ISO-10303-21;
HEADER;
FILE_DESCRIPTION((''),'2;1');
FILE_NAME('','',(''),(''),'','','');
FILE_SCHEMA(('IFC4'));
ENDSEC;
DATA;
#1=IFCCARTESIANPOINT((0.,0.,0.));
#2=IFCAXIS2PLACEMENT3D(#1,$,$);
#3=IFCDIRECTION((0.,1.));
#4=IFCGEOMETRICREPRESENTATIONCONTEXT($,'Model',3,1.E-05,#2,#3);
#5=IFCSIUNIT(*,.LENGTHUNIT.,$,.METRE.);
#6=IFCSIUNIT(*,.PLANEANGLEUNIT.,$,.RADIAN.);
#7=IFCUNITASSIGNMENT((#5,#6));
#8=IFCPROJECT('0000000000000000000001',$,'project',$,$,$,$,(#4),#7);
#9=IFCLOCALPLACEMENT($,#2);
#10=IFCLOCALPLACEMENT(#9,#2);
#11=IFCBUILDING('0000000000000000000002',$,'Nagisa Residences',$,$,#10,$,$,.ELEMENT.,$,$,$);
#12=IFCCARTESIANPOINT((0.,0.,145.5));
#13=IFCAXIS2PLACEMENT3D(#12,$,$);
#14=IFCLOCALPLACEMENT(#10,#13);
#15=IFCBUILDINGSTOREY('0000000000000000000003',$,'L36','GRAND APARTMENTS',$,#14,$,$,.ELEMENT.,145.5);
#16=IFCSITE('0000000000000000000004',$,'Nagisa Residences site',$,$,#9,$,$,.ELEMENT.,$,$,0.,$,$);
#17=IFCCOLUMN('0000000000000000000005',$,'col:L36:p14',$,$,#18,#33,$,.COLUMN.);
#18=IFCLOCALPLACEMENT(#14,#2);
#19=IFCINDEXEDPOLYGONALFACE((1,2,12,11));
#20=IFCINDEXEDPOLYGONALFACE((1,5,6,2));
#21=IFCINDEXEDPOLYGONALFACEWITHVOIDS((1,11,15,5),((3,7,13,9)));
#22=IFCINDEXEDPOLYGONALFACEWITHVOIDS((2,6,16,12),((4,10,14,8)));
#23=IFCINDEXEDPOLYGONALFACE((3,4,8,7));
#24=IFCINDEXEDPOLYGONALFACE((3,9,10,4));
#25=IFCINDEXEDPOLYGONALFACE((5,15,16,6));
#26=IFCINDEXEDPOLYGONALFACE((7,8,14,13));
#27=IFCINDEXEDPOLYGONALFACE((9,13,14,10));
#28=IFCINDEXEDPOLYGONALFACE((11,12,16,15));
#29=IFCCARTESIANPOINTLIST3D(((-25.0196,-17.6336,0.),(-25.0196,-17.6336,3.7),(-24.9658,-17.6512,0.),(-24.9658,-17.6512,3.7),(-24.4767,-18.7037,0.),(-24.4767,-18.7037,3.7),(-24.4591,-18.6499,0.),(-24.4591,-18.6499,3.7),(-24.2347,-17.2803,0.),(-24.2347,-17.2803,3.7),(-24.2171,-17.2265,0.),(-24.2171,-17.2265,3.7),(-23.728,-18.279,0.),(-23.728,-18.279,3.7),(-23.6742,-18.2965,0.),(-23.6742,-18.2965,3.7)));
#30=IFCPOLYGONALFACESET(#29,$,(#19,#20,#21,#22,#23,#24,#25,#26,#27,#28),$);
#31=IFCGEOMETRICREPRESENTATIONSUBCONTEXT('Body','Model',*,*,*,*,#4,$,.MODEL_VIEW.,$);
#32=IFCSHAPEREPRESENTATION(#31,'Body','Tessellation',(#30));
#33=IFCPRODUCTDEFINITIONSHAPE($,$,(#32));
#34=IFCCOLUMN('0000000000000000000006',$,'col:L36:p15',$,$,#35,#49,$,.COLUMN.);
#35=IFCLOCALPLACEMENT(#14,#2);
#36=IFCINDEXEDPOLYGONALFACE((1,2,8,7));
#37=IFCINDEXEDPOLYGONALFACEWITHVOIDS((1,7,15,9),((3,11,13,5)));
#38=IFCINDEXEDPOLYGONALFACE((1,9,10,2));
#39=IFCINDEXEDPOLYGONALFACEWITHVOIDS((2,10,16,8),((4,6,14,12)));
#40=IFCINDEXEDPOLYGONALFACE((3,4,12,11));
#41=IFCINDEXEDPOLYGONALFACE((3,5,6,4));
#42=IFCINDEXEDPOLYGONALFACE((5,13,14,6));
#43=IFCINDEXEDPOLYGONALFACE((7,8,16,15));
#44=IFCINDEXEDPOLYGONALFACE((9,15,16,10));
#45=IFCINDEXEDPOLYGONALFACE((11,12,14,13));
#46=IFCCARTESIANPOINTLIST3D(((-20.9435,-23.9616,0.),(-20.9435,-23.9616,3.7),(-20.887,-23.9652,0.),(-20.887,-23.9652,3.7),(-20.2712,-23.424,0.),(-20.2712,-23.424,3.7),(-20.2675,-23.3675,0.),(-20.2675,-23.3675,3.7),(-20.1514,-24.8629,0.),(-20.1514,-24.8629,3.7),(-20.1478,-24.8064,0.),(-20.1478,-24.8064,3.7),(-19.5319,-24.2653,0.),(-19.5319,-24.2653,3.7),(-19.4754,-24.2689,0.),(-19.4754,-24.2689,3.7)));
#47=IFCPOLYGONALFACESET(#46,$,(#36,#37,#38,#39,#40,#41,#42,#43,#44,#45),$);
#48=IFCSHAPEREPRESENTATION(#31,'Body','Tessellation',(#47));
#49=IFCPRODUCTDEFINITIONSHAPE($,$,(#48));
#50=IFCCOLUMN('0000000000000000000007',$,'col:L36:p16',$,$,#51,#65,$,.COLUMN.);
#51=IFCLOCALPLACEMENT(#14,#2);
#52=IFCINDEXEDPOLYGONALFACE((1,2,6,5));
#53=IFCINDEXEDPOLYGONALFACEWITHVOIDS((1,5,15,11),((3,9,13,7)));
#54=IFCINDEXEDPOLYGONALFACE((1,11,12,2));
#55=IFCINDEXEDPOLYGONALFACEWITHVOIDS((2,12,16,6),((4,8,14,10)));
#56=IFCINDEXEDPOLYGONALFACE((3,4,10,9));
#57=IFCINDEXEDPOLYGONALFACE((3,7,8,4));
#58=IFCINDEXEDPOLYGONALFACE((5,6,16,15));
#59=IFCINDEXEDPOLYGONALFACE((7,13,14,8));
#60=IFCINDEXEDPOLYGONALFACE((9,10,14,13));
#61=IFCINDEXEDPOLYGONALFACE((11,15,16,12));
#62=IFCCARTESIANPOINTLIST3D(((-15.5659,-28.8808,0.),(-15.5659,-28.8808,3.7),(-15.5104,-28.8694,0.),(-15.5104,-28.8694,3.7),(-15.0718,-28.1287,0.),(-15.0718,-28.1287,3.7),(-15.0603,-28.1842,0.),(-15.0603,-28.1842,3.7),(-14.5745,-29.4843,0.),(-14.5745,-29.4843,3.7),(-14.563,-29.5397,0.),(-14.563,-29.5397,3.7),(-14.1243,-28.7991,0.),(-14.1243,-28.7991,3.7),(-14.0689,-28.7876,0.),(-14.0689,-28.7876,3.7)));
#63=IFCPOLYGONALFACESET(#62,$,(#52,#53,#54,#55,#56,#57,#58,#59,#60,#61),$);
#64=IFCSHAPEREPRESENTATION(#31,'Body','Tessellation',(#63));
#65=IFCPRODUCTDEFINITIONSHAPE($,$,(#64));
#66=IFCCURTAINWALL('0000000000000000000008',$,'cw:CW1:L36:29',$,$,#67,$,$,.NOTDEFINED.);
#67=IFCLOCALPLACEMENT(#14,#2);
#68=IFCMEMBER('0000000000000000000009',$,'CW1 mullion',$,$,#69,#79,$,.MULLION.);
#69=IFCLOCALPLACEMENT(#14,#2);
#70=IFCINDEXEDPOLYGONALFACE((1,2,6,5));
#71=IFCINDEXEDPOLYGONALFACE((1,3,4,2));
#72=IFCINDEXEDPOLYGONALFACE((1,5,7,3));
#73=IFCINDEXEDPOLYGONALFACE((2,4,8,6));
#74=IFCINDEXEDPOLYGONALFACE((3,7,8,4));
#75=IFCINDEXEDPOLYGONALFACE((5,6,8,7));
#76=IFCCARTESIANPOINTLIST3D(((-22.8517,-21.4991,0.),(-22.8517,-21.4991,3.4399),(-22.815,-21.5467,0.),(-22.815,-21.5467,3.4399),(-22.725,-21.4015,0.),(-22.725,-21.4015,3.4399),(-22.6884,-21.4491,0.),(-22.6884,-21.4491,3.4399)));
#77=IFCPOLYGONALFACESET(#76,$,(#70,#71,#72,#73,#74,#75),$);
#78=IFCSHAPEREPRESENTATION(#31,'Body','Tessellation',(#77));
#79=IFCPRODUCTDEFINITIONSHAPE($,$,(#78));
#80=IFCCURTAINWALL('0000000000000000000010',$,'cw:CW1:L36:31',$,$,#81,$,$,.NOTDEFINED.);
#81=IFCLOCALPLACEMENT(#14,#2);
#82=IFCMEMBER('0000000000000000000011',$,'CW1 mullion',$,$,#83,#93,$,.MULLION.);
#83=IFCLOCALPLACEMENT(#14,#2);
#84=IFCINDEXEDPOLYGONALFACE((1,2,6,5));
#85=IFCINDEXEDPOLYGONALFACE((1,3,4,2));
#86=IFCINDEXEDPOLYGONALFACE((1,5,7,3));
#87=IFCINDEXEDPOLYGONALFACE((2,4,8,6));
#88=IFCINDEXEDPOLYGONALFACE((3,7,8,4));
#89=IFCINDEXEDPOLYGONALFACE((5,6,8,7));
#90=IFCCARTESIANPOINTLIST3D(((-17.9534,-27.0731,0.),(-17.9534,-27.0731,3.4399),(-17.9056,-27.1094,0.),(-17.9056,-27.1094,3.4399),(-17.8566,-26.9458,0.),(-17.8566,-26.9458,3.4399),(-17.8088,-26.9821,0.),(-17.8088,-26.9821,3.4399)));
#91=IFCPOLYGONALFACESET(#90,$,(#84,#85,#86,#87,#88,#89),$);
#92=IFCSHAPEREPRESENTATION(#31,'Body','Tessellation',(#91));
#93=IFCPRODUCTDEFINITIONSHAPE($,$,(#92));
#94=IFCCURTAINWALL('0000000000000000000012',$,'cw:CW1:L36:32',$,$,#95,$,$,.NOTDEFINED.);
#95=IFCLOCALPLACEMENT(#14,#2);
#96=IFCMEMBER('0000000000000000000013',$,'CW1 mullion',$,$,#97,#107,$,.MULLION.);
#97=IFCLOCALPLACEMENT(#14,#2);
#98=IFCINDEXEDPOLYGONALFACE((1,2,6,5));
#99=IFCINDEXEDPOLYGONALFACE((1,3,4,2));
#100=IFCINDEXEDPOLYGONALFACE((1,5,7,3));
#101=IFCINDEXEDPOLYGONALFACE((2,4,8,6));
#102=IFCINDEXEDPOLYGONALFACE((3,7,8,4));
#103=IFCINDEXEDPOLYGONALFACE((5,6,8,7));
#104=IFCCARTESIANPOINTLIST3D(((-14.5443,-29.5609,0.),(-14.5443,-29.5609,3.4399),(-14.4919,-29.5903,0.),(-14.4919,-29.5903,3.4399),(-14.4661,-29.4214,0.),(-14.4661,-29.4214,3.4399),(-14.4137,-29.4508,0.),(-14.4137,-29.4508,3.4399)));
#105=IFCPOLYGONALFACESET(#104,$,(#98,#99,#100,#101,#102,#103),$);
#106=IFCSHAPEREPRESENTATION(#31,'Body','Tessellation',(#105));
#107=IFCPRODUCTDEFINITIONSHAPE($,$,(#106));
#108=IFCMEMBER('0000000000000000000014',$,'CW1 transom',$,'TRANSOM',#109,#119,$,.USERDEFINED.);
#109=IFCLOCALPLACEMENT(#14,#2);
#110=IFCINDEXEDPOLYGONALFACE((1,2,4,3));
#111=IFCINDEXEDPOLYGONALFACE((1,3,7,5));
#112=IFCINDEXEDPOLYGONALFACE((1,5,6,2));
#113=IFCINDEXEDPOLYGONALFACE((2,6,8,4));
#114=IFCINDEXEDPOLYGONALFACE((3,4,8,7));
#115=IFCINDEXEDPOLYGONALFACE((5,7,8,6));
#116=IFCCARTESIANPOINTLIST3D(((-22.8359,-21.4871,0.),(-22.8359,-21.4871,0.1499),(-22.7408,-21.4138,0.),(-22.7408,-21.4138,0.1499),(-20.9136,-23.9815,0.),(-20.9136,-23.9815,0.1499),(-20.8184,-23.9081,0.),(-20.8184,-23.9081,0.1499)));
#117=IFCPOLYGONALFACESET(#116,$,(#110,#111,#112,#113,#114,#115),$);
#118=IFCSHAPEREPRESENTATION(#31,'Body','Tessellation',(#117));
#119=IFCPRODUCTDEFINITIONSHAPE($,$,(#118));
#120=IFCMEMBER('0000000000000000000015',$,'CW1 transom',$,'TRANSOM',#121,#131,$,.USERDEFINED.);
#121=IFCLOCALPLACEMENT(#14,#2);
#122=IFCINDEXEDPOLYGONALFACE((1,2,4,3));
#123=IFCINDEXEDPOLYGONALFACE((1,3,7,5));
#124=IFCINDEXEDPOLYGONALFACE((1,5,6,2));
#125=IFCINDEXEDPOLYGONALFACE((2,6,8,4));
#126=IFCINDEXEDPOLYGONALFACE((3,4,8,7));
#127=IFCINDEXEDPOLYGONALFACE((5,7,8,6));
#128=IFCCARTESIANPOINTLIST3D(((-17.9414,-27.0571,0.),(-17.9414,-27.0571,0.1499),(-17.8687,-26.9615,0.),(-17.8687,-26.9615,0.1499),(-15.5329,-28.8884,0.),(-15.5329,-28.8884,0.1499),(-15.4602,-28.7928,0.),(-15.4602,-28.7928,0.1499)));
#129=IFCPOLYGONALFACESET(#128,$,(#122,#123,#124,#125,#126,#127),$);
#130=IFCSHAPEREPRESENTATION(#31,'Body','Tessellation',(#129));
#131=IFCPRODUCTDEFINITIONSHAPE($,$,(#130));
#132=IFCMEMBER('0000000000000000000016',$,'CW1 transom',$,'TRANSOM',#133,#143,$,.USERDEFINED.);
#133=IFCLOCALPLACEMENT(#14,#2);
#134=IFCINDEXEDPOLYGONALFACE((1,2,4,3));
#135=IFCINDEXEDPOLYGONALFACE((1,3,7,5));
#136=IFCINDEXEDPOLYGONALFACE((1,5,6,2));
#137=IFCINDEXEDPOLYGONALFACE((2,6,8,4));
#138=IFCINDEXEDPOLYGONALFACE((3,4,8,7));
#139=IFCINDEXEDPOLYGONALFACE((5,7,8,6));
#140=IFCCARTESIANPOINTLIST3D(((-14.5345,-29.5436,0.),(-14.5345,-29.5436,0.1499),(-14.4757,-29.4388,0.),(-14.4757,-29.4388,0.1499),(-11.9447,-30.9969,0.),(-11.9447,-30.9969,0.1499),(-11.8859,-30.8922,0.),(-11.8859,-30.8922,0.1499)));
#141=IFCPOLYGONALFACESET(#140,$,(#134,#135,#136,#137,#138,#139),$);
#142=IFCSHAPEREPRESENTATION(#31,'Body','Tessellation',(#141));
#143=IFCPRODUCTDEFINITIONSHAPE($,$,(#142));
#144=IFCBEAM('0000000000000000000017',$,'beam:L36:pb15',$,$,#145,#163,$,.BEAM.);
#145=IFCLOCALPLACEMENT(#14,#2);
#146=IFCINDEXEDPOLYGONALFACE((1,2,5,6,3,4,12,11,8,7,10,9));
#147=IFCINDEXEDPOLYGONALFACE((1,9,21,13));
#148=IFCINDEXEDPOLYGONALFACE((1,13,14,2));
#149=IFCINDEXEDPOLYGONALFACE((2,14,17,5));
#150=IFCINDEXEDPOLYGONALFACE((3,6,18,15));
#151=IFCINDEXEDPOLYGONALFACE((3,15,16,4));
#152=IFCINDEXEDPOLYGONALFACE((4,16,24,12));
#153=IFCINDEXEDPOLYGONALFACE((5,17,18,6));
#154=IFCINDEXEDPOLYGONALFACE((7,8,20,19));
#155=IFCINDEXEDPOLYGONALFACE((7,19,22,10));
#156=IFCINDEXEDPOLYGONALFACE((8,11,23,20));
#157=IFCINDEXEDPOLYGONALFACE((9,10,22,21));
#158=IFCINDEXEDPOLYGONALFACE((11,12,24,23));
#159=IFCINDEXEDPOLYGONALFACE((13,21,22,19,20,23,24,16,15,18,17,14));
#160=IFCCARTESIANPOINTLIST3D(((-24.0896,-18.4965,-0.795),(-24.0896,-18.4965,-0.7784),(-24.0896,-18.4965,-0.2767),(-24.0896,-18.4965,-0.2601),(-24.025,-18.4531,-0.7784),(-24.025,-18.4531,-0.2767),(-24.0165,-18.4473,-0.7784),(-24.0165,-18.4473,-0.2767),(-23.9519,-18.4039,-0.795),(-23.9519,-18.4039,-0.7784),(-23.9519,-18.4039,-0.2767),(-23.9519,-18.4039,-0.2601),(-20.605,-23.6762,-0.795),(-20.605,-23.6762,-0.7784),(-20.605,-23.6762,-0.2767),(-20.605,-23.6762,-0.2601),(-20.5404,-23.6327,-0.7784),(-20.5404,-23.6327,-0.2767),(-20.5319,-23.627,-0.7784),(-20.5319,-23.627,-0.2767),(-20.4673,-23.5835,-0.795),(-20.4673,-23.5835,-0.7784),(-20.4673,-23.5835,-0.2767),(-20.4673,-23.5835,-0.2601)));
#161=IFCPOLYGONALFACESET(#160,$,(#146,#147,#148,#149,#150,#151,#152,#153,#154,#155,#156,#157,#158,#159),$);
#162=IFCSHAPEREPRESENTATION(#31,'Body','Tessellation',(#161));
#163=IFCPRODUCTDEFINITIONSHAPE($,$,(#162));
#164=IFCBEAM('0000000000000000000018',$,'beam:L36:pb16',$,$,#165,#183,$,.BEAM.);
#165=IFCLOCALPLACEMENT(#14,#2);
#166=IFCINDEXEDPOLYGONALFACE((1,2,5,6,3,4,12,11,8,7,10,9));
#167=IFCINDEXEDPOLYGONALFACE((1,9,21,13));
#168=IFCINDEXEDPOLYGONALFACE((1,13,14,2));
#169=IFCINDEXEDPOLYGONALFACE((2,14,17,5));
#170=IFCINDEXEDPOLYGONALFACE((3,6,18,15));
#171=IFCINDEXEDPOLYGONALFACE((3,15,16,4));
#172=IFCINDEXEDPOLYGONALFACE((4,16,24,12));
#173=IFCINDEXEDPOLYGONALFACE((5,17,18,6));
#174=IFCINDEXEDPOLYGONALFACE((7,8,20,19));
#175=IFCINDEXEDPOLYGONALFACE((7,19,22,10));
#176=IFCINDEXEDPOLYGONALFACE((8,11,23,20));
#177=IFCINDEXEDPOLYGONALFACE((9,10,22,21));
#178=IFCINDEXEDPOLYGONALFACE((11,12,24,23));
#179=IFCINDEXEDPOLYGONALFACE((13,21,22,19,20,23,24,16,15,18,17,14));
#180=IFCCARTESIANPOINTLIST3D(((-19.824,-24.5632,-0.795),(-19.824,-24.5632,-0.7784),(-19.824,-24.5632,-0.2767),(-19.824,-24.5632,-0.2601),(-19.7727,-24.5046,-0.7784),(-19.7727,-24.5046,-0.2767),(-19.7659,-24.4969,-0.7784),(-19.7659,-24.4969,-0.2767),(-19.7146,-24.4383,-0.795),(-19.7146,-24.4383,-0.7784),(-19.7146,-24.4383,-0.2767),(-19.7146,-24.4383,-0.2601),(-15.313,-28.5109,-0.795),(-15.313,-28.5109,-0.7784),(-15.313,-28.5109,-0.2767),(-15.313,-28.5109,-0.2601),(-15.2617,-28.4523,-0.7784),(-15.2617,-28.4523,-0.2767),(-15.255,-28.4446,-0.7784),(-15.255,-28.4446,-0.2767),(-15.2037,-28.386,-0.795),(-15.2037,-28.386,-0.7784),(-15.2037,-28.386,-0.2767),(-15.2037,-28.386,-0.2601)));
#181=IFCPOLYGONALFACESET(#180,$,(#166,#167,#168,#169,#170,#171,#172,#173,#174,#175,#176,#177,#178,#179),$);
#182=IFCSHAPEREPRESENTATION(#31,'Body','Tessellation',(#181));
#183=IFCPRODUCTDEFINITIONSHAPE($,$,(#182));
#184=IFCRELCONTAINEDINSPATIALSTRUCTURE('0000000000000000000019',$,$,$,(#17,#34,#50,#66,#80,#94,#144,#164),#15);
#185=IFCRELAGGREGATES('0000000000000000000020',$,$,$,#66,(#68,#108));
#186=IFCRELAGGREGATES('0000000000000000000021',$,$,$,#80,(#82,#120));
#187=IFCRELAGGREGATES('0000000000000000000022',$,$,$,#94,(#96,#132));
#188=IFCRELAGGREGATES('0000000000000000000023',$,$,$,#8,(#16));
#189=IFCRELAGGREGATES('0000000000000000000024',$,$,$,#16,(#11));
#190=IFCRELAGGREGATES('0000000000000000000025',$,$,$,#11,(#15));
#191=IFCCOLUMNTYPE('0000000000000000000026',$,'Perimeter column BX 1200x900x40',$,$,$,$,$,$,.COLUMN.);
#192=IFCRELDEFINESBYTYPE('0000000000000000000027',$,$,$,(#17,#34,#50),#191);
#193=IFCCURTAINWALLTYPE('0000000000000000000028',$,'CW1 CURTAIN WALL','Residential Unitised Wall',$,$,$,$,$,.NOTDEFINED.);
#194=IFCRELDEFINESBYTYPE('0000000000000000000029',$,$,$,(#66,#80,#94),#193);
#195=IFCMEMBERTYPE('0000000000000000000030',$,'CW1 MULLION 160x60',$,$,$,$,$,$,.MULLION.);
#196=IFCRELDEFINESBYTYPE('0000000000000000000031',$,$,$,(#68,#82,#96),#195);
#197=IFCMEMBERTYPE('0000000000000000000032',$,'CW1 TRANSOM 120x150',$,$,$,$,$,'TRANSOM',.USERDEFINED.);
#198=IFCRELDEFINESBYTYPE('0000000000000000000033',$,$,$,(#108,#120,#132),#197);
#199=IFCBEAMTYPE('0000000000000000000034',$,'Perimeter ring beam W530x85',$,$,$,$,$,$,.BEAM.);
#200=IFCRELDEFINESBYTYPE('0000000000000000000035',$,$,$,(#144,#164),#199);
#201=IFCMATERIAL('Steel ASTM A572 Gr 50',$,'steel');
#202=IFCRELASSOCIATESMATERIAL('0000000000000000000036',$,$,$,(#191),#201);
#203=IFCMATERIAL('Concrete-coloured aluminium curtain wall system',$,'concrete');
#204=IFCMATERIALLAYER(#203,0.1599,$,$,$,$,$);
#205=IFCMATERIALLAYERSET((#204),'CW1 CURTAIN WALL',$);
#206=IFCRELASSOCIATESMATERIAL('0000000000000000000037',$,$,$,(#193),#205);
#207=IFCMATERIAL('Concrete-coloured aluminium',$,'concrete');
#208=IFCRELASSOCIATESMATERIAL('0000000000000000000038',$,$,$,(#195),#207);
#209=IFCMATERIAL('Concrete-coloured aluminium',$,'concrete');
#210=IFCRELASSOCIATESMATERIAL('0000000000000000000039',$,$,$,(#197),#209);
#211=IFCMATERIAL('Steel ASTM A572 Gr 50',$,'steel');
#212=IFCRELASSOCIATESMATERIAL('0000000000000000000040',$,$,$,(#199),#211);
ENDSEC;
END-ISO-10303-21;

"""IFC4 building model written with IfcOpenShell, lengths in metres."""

from ifc_helpers import new_model, si_unit, direction, frame, origin, origin_2d, place, context, subcontext, project, spatial, rectangle, hollow_rectangle, i_section, extrude, material, layer, layer_set, material_profile, profile_set, type_object, element, aggregate, save


model = new_model("IFC4")

# Units and contexts
model_context = context("Model", 3, precision=1e-05, world=origin(), true_north=direction((0.0, 1.0)))
body_context = subcontext(model_context, "Body", "Model", "MODEL_VIEW")
ifc_project = project(units=[si_unit("LENGTHUNIT", "METRE"), si_unit("PLANEANGLEUNIT", "RADIAN")], contexts=[model_context])

# Site, building, storey
site_placement = place(None, origin())
site = spatial("IfcSite", under=ifc_project, at=site_placement, Name="Nagisa Residences site", CompositionType="ELEMENT", RefElevation=0.0)
building_placement = place(site_placement, origin())
building = spatial("IfcBuilding", under=site, at=building_placement, Name="Nagisa Residences", CompositionType="ELEMENT")
storey_placement = place(building_placement, frame((0.0, 0.0, 145.5)))
storey = spatial("IfcBuildingStorey", under=building, at=storey_placement, Name="L36", Description="GRAND APARTMENTS", CompositionType="ELEMENT", Elevation=145.5)

# Columns
ifc_material_1 = material(Name="Steel ASTM A572 Gr 50", Category="steel")
ifc_material_profile_1 = material_profile(ifc_material_1, hollow_rectangle(XDim=1.2, YDim=0.8999, WallThickness=0.04, at=origin_2d()), Name="BX 1200x900x40")
ifc_profile_set_1 = profile_set([ifc_material_profile_1], Name="Steel ASTM A572 Gr 50")
column_type = type_object("IfcColumnType", Name="Perimeter column BX 1200x900x40", PredefinedType="COLUMN", material=ifc_profile_set_1)
for number, where, z_axis, x_axis, name in (
    (1, (-24.3469, -17.9651, 0.0), (0.0, 0.0, 1.0), (0.452463, -0.891783, 0.0), "col:L36:p14"),
    (2, (-20.2095, -24.1152, 0.0), (0.0, 0.0, 1.0), (0.660115, -0.751165, 0.0), "col:L36:p15"),
    (3, (-14.8174, -28.8342, 0.0), (0.0, 0.0, 1.0), (0.835766, -0.549086, 0.0), "col:L36:p16"),
):
    element("IfcColumn", number, at=place(storey_placement, frame(where, z_axis=z_axis, x_axis=x_axis)), inside=storey, type_object=column_type, Name=name, PredefinedType="COLUMN", context=body_context, shape_type="SweptSolid", body=[
        extrude(hollow_rectangle(XDim=1.2, YDim=0.8999, WallThickness=0.04, at=origin_2d()), origin(), (0.0, 0.0, 1.0), 3.7),
    ])

# Curtain walls, members
ifc_material_2 = material(Name="Concrete-coloured aluminium curtain wall system", Category="concrete")
ifc_layer_1 = layer(ifc_material_2, 0.1599)
ifc_layer_set_1 = layer_set([ifc_layer_1], Name="CW1 CURTAIN WALL")
curtain_wall_type = type_object("IfcCurtainWallType", Name="CW1 CURTAIN WALL", Description="Residential Unitised Wall", PredefinedType="NOTDEFINED", material=ifc_layer_set_1)
curtain_wall_1_placement = place(storey_placement, origin())
curtain_wall_1 = element("IfcCurtainWall", 4, at=curtain_wall_1_placement, inside=storey, type_object=curtain_wall_type, Name="cw:CW1:L36:29", PredefinedType="NOTDEFINED")
ifc_material_3 = material(Name="Concrete-coloured aluminium", Category="concrete")
ifc_material_profile_2 = material_profile(ifc_material_3, rectangle(XDim=0.1599, YDim=0.0601, at=origin_2d()), Name="CW1 MULLION 160x60")
ifc_profile_set_2 = profile_set([ifc_material_profile_2], Name="Concrete-coloured aluminium")
member_type_1 = type_object("IfcMemberType", Name="CW1 MULLION 160x60", PredefinedType="MULLION", material=ifc_profile_set_2)
member_1_placement = place(storey_placement, frame((-22.77, -21.4741, 0.0), z_axis=(0.0, 0.0, 1.0), x_axis=(0.79207, 0.61043, 0.0)))
member_1 = element("IfcMember", 5, at=member_1_placement, type_object=member_type_1, Name="CW1 mullion", PredefinedType="MULLION", context=body_context, shape_type="SweptSolid", body=[
    extrude(rectangle(XDim=0.1599, YDim=0.0601, at=origin_2d()), origin(), (0.0, 0.0, 1.0), 3.4399),
])
curtain_wall_2_placement = place(storey_placement, origin())
curtain_wall_2 = element("IfcCurtainWall", 6, at=curtain_wall_2_placement, inside=storey, type_object=curtain_wall_type, Name="cw:CW1:L36:31", PredefinedType="NOTDEFINED")
member_2_placement = place(storey_placement, frame((-17.8811, -27.0276, 0.0), z_axis=(0.0, 0.0, 1.0), x_axis=(0.605255, 0.796031, 0.0)))
member_2 = element("IfcMember", 7, at=member_2_placement, type_object=member_type_1, Name="CW1 mullion", PredefinedType="MULLION", context=body_context, shape_type="SweptSolid", body=[
    extrude(rectangle(XDim=0.1599, YDim=0.0601, at=origin_2d()), origin(), (0.0, 0.0, 1.0), 3.4399),
])
curtain_wall_3_placement = place(storey_placement, origin())
curtain_wall_3 = element("IfcCurtainWall", 8, at=curtain_wall_3_placement, inside=storey, type_object=curtain_wall_type, Name="cw:CW1:L36:32", PredefinedType="NOTDEFINED")
member_3_placement = place(storey_placement, frame((-14.479, -29.5059, 0.0), z_axis=(0.0, 0.0, 1.0), x_axis=(0.489377, 0.872072, 0.0)))
member_3 = element("IfcMember", 9, at=member_3_placement, type_object=member_type_1, Name="CW1 mullion", PredefinedType="MULLION", context=body_context, shape_type="SweptSolid", body=[
    extrude(rectangle(XDim=0.1599, YDim=0.0601, at=origin_2d()), origin(), (0.0, 0.0, 1.0), 3.4399),
])

# Members
ifc_material_4 = material(Name="Concrete-coloured aluminium", Category="concrete")
ifc_material_profile_3 = material_profile(ifc_material_4, rectangle(XDim=0.1201, YDim=0.1499, at=origin_2d()), Name="CW1 TRANSOM 120x150")
ifc_profile_set_3 = profile_set([ifc_material_profile_3], Name="Concrete-coloured aluminium")
member_type_2 = type_object("IfcMemberType", Name="CW1 TRANSOM 120x150", ElementType="TRANSOM", PredefinedType="USERDEFINED", material=ifc_profile_set_3)
member_4_placement = place(storey_placement, frame((-22.7883, -21.4504, 0.075), z_axis=(0.61043, -0.79207, 0.0), x_axis=(0.79207, 0.61043, 0.0)))
member_4 = element("IfcMember", 10, at=member_4_placement, type_object=member_type_2, Name="CW1 transom", ObjectType="TRANSOM", PredefinedType="USERDEFINED", context=body_context, shape_type="SweptSolid", body=[
    extrude(rectangle(XDim=0.1201, YDim=0.1499, at=origin_2d()), origin(), (0.0, 0.0, 1.0), 3.1492),
])
member_5_placement = place(storey_placement, frame((-17.905, -27.0093, 0.075), z_axis=(0.796022, -0.605267, 0.0), x_axis=(0.605267, 0.796022, 0.0)))
member_5 = element("IfcMember", 11, at=member_5_placement, type_object=member_type_2, Name="CW1 transom", ObjectType="TRANSOM", PredefinedType="USERDEFINED", context=body_context, shape_type="SweptSolid", body=[
    extrude(rectangle(XDim=0.1201, YDim=0.1499, at=origin_2d()), origin(), (0.0, 0.0, 1.0), 3.0256),
])
member_6_placement = place(storey_placement, frame((-14.5051, -29.4912, 0.075), z_axis=(0.872067, -0.489387, 0.0), x_axis=(0.489387, 0.872067, 0.0)))
member_6 = element("IfcMember", 12, at=member_6_placement, type_object=member_type_2, Name="CW1 transom", ObjectType="TRANSOM", PredefinedType="USERDEFINED", context=body_context, shape_type="SweptSolid", body=[
    extrude(rectangle(XDim=0.1201, YDim=0.1499, at=origin_2d()), origin(), (0.0, 0.0, 1.0), 2.9697),
])

# Beams
ifc_material_5 = material(Name="Steel ASTM A572 Gr 50", Category="steel")
ifc_material_profile_4 = material_profile(ifc_material_5, i_section(OverallWidth=0.166, OverallDepth=0.5349, WebThickness=0.0103, FlangeThickness=0.0166, at=origin_2d()), Name="W530x85")
ifc_profile_set_4 = profile_set([ifc_material_profile_4], Name="Steel ASTM A572 Gr 50")
beam_type_1 = type_object("IfcBeamType", Name="Perimeter ring beam W530x85", PredefinedType="BEAM", material=ifc_profile_set_4)
beam_1_placement = place(storey_placement, frame((-24.0208, -18.4502, -0.5276), z_axis=(0.558188, -0.829715, 0.0), x_axis=(0.829715, 0.558188, 0.0)))
element("IfcBeam", 13, at=beam_1_placement, inside=storey, type_object=beam_type_1, Name="beam:L36:pb15", PredefinedType="BEAM", context=body_context, shape_type="SweptSolid", body=[
    extrude(i_section(OverallWidth=0.166, OverallDepth=0.5349, WebThickness=0.0103, FlangeThickness=0.0166, at=origin_2d()), origin(), (0.0, 0.0, 1.0), 6.2427),
])
beam_2_placement = place(storey_placement, frame((-19.7693, -24.5007, -0.5276), z_axis=(0.752524, -0.658565, 0.0), x_axis=(0.658565, 0.752524, 0.0)))
element("IfcBeam", 14, at=beam_2_placement, inside=storey, type_object=beam_type_1, Name="beam:L36:pb16", PredefinedType="BEAM", context=body_context, shape_type="SweptSolid", body=[
    extrude(i_section(OverallWidth=0.166, OverallDepth=0.5349, WebThickness=0.0103, FlangeThickness=0.0166, at=origin_2d()), origin(), (0.0, 0.0, 1.0), 5.9944),
])

aggregate(curtain_wall_1, [member_1, member_4])
aggregate(curtain_wall_2, [member_2, member_5])
aggregate(curtain_wall_3, [member_3, member_6])

save(model, "model.ifc")
